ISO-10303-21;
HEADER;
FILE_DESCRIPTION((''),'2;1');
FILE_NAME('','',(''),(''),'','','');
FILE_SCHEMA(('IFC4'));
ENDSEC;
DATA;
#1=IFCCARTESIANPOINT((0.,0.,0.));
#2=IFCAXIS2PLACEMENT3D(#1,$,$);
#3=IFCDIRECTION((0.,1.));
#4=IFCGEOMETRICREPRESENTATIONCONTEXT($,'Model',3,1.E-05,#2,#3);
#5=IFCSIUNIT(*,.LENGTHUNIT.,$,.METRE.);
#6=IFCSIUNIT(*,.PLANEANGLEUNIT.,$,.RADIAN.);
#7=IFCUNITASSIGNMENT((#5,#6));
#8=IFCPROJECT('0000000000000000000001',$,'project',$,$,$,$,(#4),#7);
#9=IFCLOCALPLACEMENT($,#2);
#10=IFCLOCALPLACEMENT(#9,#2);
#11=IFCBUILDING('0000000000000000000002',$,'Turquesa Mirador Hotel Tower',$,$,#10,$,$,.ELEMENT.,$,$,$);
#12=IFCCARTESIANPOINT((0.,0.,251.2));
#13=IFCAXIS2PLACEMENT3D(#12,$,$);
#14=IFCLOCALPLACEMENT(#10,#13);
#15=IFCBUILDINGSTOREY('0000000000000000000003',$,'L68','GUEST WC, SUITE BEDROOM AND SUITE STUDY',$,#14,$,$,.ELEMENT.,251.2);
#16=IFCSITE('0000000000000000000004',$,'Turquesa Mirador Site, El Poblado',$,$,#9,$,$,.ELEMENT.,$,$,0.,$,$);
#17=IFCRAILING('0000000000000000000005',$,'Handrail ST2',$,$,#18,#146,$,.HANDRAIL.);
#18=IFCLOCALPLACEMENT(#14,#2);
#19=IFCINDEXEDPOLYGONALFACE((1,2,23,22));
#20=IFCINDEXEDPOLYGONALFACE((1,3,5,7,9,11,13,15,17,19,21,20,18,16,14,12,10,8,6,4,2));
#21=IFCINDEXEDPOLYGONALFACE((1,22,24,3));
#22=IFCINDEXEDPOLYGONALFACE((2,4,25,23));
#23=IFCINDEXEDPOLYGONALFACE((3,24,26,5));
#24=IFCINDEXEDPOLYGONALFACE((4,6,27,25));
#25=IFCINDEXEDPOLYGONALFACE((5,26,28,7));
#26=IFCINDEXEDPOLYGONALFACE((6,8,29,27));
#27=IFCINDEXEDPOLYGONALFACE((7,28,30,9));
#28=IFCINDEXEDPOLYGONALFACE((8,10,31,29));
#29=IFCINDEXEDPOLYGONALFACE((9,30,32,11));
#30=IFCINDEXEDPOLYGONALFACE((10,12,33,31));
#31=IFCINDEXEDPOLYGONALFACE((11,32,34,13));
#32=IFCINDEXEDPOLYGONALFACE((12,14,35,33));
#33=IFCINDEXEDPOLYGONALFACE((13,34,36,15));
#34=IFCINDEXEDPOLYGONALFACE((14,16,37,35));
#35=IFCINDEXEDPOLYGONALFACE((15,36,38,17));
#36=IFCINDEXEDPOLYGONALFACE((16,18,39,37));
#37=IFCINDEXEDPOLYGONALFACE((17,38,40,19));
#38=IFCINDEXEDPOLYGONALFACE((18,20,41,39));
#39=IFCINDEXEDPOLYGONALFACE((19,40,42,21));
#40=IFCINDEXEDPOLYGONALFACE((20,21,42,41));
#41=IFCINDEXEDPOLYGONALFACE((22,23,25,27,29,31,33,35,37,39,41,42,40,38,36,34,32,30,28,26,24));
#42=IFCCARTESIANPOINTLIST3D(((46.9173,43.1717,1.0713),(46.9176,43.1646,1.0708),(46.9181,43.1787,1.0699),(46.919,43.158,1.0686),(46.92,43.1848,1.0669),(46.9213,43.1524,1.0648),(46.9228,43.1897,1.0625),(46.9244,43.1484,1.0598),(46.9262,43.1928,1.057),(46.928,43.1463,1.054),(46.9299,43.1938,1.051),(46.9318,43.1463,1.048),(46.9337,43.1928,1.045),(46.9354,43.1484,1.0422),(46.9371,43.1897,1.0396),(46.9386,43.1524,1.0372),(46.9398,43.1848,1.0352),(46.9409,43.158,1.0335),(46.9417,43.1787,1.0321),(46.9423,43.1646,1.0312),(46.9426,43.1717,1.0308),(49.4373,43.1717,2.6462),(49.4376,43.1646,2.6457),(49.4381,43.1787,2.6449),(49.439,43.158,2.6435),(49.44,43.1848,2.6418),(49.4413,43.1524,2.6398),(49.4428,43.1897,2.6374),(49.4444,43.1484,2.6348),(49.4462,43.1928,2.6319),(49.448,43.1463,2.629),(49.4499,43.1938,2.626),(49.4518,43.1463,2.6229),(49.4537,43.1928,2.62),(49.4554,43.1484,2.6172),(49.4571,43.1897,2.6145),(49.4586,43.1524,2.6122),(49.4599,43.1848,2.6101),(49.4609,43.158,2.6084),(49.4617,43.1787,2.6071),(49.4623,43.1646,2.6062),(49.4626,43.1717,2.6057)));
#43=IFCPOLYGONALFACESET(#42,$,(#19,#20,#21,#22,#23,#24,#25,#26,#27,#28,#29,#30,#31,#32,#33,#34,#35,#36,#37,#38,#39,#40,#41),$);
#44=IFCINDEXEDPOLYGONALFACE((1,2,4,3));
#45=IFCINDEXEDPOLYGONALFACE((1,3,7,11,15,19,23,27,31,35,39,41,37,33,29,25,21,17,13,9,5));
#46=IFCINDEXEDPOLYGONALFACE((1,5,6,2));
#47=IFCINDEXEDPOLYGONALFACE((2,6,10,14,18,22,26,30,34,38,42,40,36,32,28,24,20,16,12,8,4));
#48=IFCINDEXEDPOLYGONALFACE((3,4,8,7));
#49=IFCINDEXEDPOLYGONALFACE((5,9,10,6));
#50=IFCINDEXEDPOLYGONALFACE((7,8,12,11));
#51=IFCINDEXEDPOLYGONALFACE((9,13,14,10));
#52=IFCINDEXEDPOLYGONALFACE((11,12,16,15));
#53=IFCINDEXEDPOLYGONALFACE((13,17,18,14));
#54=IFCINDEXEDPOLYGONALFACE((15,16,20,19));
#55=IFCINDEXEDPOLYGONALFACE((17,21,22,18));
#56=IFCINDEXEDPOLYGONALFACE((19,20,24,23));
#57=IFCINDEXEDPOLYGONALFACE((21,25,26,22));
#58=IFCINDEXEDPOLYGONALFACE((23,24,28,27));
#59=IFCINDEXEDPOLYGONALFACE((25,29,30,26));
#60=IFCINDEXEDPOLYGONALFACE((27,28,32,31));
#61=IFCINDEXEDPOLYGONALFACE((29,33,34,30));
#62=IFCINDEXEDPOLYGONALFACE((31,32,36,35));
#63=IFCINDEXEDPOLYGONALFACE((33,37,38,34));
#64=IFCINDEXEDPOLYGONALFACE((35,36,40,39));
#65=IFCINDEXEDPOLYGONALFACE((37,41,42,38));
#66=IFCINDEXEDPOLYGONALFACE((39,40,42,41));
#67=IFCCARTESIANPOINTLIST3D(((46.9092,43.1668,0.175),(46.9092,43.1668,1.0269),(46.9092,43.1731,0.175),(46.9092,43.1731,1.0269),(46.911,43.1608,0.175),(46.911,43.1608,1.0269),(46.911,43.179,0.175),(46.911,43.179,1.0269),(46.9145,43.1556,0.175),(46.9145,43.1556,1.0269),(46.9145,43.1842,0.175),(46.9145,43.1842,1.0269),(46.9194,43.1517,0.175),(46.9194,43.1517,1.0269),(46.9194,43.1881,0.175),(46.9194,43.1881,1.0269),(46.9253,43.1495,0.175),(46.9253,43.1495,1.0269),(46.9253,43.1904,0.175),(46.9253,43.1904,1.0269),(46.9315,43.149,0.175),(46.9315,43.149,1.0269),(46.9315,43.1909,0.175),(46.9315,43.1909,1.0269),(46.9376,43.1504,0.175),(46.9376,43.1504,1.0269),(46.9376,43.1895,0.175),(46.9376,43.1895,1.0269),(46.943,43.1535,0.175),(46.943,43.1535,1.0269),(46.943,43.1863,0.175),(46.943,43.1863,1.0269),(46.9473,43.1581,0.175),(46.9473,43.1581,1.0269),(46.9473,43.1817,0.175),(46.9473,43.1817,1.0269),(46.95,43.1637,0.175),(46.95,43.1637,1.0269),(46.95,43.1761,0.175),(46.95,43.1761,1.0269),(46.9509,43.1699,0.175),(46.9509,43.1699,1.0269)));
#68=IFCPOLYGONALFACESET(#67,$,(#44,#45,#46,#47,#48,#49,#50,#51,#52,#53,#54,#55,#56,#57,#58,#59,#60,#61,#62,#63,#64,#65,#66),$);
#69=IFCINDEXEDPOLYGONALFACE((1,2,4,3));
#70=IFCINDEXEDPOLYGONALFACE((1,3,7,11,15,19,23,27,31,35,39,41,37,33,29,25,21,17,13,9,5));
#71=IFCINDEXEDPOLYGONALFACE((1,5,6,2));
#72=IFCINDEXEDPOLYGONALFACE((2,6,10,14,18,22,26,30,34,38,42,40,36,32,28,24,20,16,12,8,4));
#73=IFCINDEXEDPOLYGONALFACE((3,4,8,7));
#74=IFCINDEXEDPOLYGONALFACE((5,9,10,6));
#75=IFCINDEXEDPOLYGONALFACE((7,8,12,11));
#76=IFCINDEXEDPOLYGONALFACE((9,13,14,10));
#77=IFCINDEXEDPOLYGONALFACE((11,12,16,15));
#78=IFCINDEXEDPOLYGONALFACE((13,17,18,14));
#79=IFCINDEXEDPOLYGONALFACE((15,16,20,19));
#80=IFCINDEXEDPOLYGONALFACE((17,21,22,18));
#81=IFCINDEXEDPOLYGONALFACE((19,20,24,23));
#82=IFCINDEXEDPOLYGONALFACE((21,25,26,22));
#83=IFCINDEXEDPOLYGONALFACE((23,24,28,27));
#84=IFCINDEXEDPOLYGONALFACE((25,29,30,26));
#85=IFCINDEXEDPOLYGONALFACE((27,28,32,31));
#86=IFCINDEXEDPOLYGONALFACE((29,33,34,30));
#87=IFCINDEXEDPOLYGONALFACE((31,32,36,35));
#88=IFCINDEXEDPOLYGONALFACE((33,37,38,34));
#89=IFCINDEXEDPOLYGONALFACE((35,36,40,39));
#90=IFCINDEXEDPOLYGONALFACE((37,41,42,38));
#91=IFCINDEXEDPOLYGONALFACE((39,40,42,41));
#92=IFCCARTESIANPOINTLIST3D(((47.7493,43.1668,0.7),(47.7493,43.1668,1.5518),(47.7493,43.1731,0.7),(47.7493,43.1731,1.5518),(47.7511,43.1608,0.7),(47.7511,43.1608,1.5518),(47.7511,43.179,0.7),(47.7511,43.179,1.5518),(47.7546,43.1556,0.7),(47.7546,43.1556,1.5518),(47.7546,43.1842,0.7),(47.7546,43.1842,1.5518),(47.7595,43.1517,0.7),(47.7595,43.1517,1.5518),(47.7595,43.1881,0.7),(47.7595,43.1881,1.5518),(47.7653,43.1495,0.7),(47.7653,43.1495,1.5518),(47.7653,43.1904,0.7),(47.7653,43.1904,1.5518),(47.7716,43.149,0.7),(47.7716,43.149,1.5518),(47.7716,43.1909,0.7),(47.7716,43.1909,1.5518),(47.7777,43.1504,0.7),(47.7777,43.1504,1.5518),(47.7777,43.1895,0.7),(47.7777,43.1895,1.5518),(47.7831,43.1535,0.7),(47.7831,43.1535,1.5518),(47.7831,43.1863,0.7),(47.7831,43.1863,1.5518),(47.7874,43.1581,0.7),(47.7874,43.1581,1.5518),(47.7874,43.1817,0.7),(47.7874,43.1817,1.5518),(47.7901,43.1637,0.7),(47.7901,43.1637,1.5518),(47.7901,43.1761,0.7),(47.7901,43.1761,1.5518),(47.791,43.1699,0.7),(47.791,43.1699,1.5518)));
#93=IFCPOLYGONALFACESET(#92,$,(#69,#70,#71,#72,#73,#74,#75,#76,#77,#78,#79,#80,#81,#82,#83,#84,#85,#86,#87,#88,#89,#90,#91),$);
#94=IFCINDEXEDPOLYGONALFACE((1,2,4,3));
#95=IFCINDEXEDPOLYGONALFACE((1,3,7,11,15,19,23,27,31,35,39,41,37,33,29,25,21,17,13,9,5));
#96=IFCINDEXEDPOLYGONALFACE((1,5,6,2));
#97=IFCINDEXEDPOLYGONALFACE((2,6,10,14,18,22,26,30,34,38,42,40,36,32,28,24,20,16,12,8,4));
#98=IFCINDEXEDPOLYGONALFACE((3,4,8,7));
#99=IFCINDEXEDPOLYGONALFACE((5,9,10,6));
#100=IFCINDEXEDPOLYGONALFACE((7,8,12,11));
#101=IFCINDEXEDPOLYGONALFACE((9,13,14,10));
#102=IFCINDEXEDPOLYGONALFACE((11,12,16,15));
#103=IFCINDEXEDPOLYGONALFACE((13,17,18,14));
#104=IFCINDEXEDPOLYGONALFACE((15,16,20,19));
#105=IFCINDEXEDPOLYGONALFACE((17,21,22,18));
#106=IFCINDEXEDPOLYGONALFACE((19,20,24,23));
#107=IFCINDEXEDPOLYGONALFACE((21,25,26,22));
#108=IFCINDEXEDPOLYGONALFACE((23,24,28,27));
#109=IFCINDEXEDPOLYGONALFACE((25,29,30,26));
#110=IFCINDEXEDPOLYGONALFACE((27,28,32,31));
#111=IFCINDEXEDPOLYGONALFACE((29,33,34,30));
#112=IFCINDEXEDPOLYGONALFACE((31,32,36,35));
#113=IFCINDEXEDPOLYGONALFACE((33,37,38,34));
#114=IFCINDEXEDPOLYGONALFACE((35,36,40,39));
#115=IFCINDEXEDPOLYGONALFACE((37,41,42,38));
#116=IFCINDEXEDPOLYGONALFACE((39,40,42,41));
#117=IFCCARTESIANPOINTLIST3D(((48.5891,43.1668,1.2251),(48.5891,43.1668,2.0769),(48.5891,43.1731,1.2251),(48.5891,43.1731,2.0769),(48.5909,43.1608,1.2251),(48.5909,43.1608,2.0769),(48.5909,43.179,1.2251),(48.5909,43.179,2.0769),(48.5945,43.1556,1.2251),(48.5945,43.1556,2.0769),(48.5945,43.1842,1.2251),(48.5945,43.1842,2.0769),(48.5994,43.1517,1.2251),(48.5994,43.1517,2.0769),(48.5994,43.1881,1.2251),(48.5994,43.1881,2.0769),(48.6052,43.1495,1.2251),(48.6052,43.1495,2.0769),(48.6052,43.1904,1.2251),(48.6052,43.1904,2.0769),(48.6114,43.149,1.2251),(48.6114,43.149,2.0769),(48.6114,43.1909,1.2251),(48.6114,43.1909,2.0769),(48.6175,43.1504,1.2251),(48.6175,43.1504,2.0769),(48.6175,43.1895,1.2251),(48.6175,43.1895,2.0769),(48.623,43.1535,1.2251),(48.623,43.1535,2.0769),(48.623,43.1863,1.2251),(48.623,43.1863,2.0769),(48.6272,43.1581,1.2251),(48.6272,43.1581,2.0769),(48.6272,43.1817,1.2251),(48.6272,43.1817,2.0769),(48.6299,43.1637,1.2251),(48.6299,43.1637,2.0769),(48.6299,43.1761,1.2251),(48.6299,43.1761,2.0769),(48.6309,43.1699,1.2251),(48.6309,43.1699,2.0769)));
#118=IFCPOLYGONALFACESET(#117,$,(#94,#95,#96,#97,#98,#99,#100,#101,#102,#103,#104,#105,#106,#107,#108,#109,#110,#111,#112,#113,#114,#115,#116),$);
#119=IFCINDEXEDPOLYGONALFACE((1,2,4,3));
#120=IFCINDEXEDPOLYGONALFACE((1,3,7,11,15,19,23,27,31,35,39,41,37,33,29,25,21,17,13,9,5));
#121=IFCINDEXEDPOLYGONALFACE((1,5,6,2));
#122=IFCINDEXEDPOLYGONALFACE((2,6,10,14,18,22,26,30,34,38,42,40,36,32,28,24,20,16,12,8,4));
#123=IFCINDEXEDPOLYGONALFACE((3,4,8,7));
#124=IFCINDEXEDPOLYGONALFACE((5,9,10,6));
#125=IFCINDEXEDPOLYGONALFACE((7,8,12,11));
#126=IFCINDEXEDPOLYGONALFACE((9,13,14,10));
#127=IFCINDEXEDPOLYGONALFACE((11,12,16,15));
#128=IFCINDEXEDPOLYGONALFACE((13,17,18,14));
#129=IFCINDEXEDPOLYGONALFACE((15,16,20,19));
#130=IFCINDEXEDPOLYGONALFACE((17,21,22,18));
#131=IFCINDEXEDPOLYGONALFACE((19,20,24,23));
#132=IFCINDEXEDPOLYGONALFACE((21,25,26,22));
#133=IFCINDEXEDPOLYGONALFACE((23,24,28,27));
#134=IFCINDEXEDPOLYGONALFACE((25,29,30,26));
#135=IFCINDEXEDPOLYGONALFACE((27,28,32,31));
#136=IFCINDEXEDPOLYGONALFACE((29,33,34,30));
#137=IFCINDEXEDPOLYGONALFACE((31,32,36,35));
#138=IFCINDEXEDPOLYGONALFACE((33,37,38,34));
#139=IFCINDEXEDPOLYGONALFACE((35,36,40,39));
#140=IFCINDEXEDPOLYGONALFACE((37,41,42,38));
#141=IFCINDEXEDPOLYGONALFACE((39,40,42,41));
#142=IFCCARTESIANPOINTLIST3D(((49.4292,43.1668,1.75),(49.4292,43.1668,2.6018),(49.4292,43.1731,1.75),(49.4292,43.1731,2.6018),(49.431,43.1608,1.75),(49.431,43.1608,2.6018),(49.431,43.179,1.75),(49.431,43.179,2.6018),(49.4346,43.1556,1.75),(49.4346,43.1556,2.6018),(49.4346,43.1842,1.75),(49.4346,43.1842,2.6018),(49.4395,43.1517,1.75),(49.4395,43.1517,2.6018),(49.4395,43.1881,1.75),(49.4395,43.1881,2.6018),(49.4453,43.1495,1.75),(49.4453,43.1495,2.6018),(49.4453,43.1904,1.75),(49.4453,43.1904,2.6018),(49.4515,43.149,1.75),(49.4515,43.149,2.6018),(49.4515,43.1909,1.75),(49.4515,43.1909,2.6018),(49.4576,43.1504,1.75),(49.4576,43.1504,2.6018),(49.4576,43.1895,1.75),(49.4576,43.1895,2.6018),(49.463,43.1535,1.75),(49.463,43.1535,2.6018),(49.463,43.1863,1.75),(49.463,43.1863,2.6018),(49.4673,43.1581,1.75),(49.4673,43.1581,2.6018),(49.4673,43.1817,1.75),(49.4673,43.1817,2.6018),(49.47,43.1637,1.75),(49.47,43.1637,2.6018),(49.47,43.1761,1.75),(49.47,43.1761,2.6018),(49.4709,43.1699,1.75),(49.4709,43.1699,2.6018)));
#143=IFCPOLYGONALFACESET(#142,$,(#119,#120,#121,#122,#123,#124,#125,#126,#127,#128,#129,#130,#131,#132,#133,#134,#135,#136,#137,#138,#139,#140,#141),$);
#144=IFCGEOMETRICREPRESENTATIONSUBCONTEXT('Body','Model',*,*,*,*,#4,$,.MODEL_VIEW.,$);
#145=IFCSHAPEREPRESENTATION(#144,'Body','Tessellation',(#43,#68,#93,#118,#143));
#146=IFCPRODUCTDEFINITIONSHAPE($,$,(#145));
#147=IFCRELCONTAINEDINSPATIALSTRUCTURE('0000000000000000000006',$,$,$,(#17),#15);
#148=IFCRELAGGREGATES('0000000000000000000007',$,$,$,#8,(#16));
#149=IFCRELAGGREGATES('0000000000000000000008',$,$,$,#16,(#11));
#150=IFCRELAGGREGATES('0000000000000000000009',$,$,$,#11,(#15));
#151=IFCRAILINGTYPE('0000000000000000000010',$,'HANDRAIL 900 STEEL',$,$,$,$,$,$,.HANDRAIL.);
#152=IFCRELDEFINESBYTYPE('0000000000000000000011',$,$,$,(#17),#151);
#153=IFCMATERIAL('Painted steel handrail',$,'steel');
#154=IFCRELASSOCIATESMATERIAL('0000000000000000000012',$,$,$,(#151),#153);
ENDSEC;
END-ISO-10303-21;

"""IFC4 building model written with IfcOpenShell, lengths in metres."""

from ifc_helpers import new_model, si_unit, direction, frame, origin, origin_2d, place, context, subcontext, project, spatial, circle, extrude, material, type_object, element, save


model = new_model("IFC4")

# Units and contexts
model_context = context("Model", 3, precision=1e-05, world=origin(), true_north=direction((0.0, 1.0)))
body_context = subcontext(model_context, "Body", "Model", "MODEL_VIEW")
ifc_project = project(units=[si_unit("LENGTHUNIT", "METRE"), si_unit("PLANEANGLEUNIT", "RADIAN")], contexts=[model_context])

# Site, building, storey
site_placement = place(None, origin())
site = spatial("IfcSite", under=ifc_project, at=site_placement, Name="Turquesa Mirador Site, El Poblado", CompositionType="ELEMENT", RefElevation=0.0)
building_placement = place(site_placement, origin())
building = spatial("IfcBuilding", under=site, at=building_placement, Name="Turquesa Mirador Hotel Tower", CompositionType="ELEMENT")
storey_placement = place(building_placement, frame((0.0, 0.0, 251.2)))
storey = spatial("IfcBuildingStorey", under=building, at=storey_placement, Name="L68", Description="GUEST WC, SUITE BEDROOM AND SUITE STUDY", CompositionType="ELEMENT", Elevation=251.2)

# Railing
ifc_material_1 = material(Name="Painted steel handrail", Category="steel")
railing_type = type_object("IfcRailingType", Name="HANDRAIL 900 STEEL", PredefinedType="HANDRAIL", material=ifc_material_1)
railing_placement = place(storey_placement, frame((46.9299, 43.1699, 0.175)))
element("IfcRailing", 1, at=railing_placement, inside=storey, type_object=railing_type, Name="Handrail ST2", PredefinedType="HANDRAIL", context=body_context, shape_type="SweptSolid", body=[
    extrude(circle(Radius=0.0239, at=origin_2d()), frame((0.0, 0.0, 0.876), z_axis=(0.848008, 0.0, 0.529984), x_axis=(0.0, 1.0, 0.0)), (0.0, 0.0, 1.0), 2.9717),
    extrude(circle(Radius=0.021, at=origin_2d()), origin(), (0.0, 0.0, 1.0), 0.8518),
    extrude(circle(Radius=0.021, at=origin_2d()), frame((0.8401, 0.0, 0.5249)), (0.0, 0.0, 1.0), 0.8518),
    extrude(circle(Radius=0.021, at=origin_2d()), frame((1.6799, 0.0, 1.05)), (0.0, 0.0, 1.0), 0.8518),
    extrude(circle(Radius=0.021, at=origin_2d()), frame((2.52, 0.0, 1.575)), (0.0, 0.0, 1.0), 0.8518),
])

save(model, "model.ifc")
